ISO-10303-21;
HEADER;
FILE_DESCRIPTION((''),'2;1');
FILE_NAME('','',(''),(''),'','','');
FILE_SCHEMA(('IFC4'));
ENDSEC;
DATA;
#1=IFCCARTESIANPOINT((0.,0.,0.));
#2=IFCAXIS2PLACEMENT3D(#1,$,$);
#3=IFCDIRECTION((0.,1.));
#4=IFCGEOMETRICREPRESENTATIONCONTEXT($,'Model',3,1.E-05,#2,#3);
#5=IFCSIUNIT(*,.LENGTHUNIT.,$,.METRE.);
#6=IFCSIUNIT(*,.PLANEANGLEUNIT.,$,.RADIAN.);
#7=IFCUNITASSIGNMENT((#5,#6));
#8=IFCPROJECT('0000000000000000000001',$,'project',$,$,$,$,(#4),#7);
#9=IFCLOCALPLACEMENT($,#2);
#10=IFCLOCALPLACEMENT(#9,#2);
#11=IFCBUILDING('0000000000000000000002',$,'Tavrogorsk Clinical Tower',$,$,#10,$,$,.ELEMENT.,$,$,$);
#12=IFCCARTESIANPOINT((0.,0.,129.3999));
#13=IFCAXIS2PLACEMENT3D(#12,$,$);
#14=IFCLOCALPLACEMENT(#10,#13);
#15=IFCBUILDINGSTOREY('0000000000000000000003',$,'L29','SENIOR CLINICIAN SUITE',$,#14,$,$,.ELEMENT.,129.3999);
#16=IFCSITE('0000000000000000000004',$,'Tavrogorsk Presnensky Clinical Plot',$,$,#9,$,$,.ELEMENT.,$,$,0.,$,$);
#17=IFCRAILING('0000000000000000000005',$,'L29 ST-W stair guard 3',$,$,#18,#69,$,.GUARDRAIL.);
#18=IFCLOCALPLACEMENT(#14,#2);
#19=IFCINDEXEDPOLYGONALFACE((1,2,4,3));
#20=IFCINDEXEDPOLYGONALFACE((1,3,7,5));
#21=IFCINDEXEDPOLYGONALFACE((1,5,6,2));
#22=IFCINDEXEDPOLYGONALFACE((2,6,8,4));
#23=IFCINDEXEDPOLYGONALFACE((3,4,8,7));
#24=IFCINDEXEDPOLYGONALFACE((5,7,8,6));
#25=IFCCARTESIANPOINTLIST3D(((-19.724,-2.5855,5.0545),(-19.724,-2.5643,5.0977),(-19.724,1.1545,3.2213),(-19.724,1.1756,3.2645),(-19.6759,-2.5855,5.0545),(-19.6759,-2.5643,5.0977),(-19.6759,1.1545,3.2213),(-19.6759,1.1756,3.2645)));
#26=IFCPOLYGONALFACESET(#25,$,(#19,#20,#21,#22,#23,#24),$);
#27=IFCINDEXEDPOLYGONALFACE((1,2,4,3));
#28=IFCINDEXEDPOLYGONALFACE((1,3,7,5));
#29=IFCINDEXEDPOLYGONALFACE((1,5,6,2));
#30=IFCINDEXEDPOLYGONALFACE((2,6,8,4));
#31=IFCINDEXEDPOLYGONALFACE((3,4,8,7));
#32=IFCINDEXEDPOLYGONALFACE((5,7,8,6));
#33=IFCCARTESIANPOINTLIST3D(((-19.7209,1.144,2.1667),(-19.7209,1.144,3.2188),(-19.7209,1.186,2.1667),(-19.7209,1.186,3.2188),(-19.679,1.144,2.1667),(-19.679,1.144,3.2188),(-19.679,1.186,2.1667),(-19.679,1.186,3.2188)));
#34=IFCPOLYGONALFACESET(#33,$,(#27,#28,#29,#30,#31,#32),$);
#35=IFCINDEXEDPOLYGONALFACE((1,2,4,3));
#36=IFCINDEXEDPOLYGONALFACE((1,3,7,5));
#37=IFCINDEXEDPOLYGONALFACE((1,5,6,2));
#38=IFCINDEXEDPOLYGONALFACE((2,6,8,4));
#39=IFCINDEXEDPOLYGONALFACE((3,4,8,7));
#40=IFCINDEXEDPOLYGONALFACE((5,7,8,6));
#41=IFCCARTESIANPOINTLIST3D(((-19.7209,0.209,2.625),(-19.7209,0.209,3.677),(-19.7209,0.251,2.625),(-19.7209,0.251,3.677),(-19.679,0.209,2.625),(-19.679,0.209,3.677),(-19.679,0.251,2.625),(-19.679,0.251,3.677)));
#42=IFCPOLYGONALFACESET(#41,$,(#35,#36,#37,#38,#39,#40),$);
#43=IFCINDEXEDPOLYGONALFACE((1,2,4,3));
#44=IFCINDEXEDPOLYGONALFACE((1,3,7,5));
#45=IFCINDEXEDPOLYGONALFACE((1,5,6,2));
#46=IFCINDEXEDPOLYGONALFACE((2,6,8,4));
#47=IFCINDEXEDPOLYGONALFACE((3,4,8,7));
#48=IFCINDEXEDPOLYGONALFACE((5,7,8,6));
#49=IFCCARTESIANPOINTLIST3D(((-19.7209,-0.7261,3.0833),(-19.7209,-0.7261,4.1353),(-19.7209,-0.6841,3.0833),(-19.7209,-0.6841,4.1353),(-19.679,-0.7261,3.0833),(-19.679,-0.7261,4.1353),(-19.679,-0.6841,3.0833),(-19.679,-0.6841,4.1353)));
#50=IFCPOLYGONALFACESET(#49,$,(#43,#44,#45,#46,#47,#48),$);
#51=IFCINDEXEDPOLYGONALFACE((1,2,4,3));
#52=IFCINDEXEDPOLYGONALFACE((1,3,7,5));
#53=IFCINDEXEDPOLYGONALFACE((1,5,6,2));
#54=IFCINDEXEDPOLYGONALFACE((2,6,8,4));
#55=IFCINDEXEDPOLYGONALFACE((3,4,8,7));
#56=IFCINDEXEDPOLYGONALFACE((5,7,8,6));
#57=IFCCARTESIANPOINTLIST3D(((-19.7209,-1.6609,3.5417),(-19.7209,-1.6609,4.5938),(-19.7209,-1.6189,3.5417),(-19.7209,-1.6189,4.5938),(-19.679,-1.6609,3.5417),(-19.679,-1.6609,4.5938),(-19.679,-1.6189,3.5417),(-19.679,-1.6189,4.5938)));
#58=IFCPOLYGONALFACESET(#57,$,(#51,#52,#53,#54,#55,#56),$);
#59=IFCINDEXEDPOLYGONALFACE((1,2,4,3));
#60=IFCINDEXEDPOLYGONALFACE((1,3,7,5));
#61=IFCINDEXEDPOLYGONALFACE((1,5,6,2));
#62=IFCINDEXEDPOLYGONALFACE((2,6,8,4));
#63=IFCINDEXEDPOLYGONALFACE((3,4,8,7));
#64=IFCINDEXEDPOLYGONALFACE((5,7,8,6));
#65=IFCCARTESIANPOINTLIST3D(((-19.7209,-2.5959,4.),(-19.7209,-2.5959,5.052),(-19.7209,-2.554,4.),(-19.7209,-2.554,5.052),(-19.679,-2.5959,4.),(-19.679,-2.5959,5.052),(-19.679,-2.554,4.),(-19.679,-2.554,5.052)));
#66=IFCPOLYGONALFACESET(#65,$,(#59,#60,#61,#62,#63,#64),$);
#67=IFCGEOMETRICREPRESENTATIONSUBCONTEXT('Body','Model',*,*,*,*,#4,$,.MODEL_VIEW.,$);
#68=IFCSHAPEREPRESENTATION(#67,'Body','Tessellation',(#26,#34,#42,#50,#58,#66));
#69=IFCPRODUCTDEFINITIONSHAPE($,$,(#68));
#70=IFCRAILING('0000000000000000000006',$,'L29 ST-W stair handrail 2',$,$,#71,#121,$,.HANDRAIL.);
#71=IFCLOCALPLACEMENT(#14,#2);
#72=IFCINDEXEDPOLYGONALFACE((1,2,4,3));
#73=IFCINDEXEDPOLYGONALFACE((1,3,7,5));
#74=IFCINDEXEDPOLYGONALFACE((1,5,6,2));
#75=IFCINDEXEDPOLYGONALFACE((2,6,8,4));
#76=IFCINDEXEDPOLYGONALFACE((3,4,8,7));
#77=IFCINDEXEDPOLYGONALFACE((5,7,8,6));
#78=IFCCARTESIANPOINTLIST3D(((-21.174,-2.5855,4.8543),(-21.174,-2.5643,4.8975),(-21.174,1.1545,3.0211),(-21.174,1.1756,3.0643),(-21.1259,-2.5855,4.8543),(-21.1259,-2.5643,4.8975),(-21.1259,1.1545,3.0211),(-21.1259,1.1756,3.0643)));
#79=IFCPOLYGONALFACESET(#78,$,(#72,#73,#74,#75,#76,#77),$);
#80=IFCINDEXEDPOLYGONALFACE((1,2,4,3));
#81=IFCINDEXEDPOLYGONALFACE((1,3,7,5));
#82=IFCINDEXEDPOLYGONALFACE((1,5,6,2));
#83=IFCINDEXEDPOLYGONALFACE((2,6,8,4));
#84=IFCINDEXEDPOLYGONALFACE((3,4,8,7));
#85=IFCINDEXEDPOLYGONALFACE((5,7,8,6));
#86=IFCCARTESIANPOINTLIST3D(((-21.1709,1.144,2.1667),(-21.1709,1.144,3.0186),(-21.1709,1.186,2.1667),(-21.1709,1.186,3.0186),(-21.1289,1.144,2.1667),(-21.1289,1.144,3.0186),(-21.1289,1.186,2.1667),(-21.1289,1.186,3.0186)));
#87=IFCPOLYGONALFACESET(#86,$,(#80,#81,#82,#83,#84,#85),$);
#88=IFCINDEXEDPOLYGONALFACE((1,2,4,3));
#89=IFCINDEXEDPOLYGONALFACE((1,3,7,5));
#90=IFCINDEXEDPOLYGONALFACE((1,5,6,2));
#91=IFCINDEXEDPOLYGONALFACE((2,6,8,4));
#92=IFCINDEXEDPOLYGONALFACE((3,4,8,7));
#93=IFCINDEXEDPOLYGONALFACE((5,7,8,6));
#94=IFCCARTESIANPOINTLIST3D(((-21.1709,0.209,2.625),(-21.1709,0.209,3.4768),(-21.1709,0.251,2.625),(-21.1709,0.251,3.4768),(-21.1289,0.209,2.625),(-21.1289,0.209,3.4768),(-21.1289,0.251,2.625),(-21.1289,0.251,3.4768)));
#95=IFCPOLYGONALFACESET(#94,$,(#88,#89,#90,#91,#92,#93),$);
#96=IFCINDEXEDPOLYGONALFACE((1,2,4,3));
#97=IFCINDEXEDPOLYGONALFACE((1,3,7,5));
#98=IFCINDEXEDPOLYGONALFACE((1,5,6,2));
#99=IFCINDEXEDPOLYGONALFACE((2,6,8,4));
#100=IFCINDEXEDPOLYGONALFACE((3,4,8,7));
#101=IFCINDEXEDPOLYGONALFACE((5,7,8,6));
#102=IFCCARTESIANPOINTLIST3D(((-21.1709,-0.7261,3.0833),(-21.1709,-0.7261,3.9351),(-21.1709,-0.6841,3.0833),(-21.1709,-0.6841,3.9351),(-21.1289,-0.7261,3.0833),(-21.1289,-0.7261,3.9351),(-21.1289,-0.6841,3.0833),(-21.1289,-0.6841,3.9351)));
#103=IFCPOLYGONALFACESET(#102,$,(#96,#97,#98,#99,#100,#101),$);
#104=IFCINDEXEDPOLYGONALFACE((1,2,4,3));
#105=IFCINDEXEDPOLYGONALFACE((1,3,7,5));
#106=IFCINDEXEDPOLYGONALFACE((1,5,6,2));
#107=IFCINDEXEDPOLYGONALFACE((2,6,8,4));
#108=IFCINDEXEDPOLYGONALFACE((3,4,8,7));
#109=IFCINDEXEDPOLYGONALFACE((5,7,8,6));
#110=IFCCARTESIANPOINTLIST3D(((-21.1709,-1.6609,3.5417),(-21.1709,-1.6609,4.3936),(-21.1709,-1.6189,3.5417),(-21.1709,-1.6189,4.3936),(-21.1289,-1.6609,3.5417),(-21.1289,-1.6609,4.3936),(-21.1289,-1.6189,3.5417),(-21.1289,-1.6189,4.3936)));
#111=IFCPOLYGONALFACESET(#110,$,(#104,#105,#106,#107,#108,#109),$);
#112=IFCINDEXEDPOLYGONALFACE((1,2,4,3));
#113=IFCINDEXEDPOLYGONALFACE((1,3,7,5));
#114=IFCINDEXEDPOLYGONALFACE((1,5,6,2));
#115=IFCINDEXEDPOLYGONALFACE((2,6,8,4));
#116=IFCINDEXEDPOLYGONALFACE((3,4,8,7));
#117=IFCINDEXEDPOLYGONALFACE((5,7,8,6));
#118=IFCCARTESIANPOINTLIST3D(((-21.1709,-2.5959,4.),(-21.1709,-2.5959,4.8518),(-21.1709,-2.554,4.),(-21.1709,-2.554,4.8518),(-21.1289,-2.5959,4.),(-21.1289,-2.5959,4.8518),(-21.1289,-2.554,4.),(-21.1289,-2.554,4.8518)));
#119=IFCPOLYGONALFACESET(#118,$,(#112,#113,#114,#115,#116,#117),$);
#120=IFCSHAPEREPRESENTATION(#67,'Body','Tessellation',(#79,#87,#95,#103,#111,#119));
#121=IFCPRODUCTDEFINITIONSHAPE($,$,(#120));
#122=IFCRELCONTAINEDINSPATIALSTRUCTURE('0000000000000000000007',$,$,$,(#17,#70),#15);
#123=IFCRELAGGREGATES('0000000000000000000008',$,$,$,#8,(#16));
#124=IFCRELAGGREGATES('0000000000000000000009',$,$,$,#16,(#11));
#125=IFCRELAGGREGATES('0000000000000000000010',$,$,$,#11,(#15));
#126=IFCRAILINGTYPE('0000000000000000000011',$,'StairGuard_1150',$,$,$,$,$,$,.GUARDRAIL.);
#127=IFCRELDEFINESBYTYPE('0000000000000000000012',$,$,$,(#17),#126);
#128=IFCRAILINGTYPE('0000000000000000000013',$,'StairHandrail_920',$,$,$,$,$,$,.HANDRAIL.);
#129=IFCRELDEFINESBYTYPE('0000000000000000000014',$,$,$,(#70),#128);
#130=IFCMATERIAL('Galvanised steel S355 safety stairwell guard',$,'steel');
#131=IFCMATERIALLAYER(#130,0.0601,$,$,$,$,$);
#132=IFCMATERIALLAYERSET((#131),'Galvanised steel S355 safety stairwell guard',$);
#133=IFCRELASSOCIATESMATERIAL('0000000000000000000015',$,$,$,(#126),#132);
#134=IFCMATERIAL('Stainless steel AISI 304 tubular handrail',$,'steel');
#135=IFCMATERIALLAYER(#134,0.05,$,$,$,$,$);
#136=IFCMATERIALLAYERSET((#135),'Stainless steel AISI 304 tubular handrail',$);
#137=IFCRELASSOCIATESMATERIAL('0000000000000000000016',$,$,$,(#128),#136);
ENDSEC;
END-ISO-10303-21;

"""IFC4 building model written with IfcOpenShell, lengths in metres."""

from ifc_helpers import new_model, si_unit, direction, frame, origin, origin_2d, place, context, subcontext, project, spatial, rectangle, extrude, material, layer, layer_set, type_object, element, save


model = new_model("IFC4")

# Units and contexts
model_context = context("Model", 3, precision=1e-05, world=origin(), true_north=direction((0.0, 1.0)))
body_context = subcontext(model_context, "Body", "Model", "MODEL_VIEW")
ifc_project = project(units=[si_unit("LENGTHUNIT", "METRE"), si_unit("PLANEANGLEUNIT", "RADIAN")], contexts=[model_context])

# Site, building, storey
site_placement = place(None, origin())
site = spatial("IfcSite", under=ifc_project, at=site_placement, Name="Tavrogorsk Presnensky Clinical Plot", CompositionType="ELEMENT", RefElevation=0.0)
building_placement = place(site_placement, origin())
building = spatial("IfcBuilding", under=site, at=building_placement, Name="Tavrogorsk Clinical Tower", CompositionType="ELEMENT")
storey_placement = place(building_placement, frame((0.0, 0.0, 129.3999)))
storey = spatial("IfcBuildingStorey", under=building, at=storey_placement, Name="L29", Description="SENIOR CLINICIAN SUITE", CompositionType="ELEMENT", Elevation=129.3999)

# Railings
ifc_material_1 = material(Name="Galvanised steel S355 safety stairwell guard", Category="steel")
ifc_layer_1 = layer(ifc_material_1, 0.0601)
ifc_layer_set_1 = layer_set([ifc_layer_1], Name="Galvanised steel S355 safety stairwell guard")
railing_type_1 = type_object("IfcRailingType", Name="StairGuard_1150", PredefinedType="GUARDRAIL", material=ifc_layer_set_1)
railing_1_placement = place(storey_placement, frame((-19.7, 1.165, 2.1667)))
element("IfcRailing", 1, at=railing_1_placement, inside=storey, type_object=railing_type_1, Name="L29 ST-W stair guard 3", PredefinedType="GUARDRAIL", context=body_context, shape_type="SweptSolid", body=[
    extrude(rectangle(XDim=0.0481, YDim=0.0481, at=origin_2d()), frame((0.0, 0.0, 1.0762), z_axis=(0.0, -0.897928, 0.440142), x_axis=(1.0, 0.0, 0.0)), (0.0, 0.0, 1.0), 4.165),
    extrude(rectangle(XDim=0.042, YDim=0.042, at=origin_2d()), origin(), (0.0, 0.0, 1.0), 1.052),
    extrude(rectangle(XDim=0.042, YDim=0.042, at=origin_2d()), frame((0.0, -0.9351, 0.4583)), (0.0, 0.0, 1.0), 1.052),
    extrude(rectangle(XDim=0.042, YDim=0.042, at=origin_2d()), frame((0.0, -1.8701, 0.9165)), (0.0, 0.0, 1.0), 1.052),
    extrude(rectangle(XDim=0.042, YDim=0.042, at=origin_2d()), frame((0.0, -2.8049, 1.375)), (0.0, 0.0, 1.0), 1.052),
    extrude(rectangle(XDim=0.042, YDim=0.042, at=origin_2d()), frame((0.0, -3.74, 1.8333)), (0.0, 0.0, 1.0), 1.052),
])
ifc_material_2 = material(Name="Stainless steel AISI 304 tubular handrail", Category="steel")
ifc_layer_2 = layer(ifc_material_2, 0.05)
ifc_layer_set_2 = layer_set([ifc_layer_2], Name="Stainless steel AISI 304 tubular handrail")
railing_type_2 = type_object("IfcRailingType", Name="StairHandrail_920", PredefinedType="HANDRAIL", material=ifc_layer_set_2)
railing_2_placement = place(storey_placement, frame((-21.1499, 1.165, 2.1667)))
element("IfcRailing", 2, at=railing_2_placement, inside=storey, type_object=railing_type_2, Name="L29 ST-W stair handrail 2", PredefinedType="HANDRAIL", context=body_context, shape_type="SweptSolid", body=[
    extrude(rectangle(XDim=0.0481, YDim=0.0481, at=origin_2d()), frame((0.0, 0.0, 0.876), z_axis=(0.0, -0.897928, 0.440142), x_axis=(1.0, 0.0, 0.0)), (0.0, 0.0, 1.0), 4.165),
    extrude(rectangle(XDim=0.042, YDim=0.042, at=origin_2d()), origin(), (0.0, 0.0, 1.0), 0.8518),
    extrude(rectangle(XDim=0.042, YDim=0.042, at=origin_2d()), frame((0.0, -0.9351, 0.4583)), (0.0, 0.0, 1.0), 0.8518),
    extrude(rectangle(XDim=0.042, YDim=0.042, at=origin_2d()), frame((0.0, -1.8701, 0.9165)), (0.0, 0.0, 1.0), 0.8518),
    extrude(rectangle(XDim=0.042, YDim=0.042, at=origin_2d()), frame((0.0, -2.8049, 1.375)), (0.0, 0.0, 1.0), 0.8518),
    extrude(rectangle(XDim=0.042, YDim=0.042, at=origin_2d()), frame((0.0, -3.74, 1.8333)), (0.0, 0.0, 1.0), 0.8518),
])

save(model, "model.ifc")
